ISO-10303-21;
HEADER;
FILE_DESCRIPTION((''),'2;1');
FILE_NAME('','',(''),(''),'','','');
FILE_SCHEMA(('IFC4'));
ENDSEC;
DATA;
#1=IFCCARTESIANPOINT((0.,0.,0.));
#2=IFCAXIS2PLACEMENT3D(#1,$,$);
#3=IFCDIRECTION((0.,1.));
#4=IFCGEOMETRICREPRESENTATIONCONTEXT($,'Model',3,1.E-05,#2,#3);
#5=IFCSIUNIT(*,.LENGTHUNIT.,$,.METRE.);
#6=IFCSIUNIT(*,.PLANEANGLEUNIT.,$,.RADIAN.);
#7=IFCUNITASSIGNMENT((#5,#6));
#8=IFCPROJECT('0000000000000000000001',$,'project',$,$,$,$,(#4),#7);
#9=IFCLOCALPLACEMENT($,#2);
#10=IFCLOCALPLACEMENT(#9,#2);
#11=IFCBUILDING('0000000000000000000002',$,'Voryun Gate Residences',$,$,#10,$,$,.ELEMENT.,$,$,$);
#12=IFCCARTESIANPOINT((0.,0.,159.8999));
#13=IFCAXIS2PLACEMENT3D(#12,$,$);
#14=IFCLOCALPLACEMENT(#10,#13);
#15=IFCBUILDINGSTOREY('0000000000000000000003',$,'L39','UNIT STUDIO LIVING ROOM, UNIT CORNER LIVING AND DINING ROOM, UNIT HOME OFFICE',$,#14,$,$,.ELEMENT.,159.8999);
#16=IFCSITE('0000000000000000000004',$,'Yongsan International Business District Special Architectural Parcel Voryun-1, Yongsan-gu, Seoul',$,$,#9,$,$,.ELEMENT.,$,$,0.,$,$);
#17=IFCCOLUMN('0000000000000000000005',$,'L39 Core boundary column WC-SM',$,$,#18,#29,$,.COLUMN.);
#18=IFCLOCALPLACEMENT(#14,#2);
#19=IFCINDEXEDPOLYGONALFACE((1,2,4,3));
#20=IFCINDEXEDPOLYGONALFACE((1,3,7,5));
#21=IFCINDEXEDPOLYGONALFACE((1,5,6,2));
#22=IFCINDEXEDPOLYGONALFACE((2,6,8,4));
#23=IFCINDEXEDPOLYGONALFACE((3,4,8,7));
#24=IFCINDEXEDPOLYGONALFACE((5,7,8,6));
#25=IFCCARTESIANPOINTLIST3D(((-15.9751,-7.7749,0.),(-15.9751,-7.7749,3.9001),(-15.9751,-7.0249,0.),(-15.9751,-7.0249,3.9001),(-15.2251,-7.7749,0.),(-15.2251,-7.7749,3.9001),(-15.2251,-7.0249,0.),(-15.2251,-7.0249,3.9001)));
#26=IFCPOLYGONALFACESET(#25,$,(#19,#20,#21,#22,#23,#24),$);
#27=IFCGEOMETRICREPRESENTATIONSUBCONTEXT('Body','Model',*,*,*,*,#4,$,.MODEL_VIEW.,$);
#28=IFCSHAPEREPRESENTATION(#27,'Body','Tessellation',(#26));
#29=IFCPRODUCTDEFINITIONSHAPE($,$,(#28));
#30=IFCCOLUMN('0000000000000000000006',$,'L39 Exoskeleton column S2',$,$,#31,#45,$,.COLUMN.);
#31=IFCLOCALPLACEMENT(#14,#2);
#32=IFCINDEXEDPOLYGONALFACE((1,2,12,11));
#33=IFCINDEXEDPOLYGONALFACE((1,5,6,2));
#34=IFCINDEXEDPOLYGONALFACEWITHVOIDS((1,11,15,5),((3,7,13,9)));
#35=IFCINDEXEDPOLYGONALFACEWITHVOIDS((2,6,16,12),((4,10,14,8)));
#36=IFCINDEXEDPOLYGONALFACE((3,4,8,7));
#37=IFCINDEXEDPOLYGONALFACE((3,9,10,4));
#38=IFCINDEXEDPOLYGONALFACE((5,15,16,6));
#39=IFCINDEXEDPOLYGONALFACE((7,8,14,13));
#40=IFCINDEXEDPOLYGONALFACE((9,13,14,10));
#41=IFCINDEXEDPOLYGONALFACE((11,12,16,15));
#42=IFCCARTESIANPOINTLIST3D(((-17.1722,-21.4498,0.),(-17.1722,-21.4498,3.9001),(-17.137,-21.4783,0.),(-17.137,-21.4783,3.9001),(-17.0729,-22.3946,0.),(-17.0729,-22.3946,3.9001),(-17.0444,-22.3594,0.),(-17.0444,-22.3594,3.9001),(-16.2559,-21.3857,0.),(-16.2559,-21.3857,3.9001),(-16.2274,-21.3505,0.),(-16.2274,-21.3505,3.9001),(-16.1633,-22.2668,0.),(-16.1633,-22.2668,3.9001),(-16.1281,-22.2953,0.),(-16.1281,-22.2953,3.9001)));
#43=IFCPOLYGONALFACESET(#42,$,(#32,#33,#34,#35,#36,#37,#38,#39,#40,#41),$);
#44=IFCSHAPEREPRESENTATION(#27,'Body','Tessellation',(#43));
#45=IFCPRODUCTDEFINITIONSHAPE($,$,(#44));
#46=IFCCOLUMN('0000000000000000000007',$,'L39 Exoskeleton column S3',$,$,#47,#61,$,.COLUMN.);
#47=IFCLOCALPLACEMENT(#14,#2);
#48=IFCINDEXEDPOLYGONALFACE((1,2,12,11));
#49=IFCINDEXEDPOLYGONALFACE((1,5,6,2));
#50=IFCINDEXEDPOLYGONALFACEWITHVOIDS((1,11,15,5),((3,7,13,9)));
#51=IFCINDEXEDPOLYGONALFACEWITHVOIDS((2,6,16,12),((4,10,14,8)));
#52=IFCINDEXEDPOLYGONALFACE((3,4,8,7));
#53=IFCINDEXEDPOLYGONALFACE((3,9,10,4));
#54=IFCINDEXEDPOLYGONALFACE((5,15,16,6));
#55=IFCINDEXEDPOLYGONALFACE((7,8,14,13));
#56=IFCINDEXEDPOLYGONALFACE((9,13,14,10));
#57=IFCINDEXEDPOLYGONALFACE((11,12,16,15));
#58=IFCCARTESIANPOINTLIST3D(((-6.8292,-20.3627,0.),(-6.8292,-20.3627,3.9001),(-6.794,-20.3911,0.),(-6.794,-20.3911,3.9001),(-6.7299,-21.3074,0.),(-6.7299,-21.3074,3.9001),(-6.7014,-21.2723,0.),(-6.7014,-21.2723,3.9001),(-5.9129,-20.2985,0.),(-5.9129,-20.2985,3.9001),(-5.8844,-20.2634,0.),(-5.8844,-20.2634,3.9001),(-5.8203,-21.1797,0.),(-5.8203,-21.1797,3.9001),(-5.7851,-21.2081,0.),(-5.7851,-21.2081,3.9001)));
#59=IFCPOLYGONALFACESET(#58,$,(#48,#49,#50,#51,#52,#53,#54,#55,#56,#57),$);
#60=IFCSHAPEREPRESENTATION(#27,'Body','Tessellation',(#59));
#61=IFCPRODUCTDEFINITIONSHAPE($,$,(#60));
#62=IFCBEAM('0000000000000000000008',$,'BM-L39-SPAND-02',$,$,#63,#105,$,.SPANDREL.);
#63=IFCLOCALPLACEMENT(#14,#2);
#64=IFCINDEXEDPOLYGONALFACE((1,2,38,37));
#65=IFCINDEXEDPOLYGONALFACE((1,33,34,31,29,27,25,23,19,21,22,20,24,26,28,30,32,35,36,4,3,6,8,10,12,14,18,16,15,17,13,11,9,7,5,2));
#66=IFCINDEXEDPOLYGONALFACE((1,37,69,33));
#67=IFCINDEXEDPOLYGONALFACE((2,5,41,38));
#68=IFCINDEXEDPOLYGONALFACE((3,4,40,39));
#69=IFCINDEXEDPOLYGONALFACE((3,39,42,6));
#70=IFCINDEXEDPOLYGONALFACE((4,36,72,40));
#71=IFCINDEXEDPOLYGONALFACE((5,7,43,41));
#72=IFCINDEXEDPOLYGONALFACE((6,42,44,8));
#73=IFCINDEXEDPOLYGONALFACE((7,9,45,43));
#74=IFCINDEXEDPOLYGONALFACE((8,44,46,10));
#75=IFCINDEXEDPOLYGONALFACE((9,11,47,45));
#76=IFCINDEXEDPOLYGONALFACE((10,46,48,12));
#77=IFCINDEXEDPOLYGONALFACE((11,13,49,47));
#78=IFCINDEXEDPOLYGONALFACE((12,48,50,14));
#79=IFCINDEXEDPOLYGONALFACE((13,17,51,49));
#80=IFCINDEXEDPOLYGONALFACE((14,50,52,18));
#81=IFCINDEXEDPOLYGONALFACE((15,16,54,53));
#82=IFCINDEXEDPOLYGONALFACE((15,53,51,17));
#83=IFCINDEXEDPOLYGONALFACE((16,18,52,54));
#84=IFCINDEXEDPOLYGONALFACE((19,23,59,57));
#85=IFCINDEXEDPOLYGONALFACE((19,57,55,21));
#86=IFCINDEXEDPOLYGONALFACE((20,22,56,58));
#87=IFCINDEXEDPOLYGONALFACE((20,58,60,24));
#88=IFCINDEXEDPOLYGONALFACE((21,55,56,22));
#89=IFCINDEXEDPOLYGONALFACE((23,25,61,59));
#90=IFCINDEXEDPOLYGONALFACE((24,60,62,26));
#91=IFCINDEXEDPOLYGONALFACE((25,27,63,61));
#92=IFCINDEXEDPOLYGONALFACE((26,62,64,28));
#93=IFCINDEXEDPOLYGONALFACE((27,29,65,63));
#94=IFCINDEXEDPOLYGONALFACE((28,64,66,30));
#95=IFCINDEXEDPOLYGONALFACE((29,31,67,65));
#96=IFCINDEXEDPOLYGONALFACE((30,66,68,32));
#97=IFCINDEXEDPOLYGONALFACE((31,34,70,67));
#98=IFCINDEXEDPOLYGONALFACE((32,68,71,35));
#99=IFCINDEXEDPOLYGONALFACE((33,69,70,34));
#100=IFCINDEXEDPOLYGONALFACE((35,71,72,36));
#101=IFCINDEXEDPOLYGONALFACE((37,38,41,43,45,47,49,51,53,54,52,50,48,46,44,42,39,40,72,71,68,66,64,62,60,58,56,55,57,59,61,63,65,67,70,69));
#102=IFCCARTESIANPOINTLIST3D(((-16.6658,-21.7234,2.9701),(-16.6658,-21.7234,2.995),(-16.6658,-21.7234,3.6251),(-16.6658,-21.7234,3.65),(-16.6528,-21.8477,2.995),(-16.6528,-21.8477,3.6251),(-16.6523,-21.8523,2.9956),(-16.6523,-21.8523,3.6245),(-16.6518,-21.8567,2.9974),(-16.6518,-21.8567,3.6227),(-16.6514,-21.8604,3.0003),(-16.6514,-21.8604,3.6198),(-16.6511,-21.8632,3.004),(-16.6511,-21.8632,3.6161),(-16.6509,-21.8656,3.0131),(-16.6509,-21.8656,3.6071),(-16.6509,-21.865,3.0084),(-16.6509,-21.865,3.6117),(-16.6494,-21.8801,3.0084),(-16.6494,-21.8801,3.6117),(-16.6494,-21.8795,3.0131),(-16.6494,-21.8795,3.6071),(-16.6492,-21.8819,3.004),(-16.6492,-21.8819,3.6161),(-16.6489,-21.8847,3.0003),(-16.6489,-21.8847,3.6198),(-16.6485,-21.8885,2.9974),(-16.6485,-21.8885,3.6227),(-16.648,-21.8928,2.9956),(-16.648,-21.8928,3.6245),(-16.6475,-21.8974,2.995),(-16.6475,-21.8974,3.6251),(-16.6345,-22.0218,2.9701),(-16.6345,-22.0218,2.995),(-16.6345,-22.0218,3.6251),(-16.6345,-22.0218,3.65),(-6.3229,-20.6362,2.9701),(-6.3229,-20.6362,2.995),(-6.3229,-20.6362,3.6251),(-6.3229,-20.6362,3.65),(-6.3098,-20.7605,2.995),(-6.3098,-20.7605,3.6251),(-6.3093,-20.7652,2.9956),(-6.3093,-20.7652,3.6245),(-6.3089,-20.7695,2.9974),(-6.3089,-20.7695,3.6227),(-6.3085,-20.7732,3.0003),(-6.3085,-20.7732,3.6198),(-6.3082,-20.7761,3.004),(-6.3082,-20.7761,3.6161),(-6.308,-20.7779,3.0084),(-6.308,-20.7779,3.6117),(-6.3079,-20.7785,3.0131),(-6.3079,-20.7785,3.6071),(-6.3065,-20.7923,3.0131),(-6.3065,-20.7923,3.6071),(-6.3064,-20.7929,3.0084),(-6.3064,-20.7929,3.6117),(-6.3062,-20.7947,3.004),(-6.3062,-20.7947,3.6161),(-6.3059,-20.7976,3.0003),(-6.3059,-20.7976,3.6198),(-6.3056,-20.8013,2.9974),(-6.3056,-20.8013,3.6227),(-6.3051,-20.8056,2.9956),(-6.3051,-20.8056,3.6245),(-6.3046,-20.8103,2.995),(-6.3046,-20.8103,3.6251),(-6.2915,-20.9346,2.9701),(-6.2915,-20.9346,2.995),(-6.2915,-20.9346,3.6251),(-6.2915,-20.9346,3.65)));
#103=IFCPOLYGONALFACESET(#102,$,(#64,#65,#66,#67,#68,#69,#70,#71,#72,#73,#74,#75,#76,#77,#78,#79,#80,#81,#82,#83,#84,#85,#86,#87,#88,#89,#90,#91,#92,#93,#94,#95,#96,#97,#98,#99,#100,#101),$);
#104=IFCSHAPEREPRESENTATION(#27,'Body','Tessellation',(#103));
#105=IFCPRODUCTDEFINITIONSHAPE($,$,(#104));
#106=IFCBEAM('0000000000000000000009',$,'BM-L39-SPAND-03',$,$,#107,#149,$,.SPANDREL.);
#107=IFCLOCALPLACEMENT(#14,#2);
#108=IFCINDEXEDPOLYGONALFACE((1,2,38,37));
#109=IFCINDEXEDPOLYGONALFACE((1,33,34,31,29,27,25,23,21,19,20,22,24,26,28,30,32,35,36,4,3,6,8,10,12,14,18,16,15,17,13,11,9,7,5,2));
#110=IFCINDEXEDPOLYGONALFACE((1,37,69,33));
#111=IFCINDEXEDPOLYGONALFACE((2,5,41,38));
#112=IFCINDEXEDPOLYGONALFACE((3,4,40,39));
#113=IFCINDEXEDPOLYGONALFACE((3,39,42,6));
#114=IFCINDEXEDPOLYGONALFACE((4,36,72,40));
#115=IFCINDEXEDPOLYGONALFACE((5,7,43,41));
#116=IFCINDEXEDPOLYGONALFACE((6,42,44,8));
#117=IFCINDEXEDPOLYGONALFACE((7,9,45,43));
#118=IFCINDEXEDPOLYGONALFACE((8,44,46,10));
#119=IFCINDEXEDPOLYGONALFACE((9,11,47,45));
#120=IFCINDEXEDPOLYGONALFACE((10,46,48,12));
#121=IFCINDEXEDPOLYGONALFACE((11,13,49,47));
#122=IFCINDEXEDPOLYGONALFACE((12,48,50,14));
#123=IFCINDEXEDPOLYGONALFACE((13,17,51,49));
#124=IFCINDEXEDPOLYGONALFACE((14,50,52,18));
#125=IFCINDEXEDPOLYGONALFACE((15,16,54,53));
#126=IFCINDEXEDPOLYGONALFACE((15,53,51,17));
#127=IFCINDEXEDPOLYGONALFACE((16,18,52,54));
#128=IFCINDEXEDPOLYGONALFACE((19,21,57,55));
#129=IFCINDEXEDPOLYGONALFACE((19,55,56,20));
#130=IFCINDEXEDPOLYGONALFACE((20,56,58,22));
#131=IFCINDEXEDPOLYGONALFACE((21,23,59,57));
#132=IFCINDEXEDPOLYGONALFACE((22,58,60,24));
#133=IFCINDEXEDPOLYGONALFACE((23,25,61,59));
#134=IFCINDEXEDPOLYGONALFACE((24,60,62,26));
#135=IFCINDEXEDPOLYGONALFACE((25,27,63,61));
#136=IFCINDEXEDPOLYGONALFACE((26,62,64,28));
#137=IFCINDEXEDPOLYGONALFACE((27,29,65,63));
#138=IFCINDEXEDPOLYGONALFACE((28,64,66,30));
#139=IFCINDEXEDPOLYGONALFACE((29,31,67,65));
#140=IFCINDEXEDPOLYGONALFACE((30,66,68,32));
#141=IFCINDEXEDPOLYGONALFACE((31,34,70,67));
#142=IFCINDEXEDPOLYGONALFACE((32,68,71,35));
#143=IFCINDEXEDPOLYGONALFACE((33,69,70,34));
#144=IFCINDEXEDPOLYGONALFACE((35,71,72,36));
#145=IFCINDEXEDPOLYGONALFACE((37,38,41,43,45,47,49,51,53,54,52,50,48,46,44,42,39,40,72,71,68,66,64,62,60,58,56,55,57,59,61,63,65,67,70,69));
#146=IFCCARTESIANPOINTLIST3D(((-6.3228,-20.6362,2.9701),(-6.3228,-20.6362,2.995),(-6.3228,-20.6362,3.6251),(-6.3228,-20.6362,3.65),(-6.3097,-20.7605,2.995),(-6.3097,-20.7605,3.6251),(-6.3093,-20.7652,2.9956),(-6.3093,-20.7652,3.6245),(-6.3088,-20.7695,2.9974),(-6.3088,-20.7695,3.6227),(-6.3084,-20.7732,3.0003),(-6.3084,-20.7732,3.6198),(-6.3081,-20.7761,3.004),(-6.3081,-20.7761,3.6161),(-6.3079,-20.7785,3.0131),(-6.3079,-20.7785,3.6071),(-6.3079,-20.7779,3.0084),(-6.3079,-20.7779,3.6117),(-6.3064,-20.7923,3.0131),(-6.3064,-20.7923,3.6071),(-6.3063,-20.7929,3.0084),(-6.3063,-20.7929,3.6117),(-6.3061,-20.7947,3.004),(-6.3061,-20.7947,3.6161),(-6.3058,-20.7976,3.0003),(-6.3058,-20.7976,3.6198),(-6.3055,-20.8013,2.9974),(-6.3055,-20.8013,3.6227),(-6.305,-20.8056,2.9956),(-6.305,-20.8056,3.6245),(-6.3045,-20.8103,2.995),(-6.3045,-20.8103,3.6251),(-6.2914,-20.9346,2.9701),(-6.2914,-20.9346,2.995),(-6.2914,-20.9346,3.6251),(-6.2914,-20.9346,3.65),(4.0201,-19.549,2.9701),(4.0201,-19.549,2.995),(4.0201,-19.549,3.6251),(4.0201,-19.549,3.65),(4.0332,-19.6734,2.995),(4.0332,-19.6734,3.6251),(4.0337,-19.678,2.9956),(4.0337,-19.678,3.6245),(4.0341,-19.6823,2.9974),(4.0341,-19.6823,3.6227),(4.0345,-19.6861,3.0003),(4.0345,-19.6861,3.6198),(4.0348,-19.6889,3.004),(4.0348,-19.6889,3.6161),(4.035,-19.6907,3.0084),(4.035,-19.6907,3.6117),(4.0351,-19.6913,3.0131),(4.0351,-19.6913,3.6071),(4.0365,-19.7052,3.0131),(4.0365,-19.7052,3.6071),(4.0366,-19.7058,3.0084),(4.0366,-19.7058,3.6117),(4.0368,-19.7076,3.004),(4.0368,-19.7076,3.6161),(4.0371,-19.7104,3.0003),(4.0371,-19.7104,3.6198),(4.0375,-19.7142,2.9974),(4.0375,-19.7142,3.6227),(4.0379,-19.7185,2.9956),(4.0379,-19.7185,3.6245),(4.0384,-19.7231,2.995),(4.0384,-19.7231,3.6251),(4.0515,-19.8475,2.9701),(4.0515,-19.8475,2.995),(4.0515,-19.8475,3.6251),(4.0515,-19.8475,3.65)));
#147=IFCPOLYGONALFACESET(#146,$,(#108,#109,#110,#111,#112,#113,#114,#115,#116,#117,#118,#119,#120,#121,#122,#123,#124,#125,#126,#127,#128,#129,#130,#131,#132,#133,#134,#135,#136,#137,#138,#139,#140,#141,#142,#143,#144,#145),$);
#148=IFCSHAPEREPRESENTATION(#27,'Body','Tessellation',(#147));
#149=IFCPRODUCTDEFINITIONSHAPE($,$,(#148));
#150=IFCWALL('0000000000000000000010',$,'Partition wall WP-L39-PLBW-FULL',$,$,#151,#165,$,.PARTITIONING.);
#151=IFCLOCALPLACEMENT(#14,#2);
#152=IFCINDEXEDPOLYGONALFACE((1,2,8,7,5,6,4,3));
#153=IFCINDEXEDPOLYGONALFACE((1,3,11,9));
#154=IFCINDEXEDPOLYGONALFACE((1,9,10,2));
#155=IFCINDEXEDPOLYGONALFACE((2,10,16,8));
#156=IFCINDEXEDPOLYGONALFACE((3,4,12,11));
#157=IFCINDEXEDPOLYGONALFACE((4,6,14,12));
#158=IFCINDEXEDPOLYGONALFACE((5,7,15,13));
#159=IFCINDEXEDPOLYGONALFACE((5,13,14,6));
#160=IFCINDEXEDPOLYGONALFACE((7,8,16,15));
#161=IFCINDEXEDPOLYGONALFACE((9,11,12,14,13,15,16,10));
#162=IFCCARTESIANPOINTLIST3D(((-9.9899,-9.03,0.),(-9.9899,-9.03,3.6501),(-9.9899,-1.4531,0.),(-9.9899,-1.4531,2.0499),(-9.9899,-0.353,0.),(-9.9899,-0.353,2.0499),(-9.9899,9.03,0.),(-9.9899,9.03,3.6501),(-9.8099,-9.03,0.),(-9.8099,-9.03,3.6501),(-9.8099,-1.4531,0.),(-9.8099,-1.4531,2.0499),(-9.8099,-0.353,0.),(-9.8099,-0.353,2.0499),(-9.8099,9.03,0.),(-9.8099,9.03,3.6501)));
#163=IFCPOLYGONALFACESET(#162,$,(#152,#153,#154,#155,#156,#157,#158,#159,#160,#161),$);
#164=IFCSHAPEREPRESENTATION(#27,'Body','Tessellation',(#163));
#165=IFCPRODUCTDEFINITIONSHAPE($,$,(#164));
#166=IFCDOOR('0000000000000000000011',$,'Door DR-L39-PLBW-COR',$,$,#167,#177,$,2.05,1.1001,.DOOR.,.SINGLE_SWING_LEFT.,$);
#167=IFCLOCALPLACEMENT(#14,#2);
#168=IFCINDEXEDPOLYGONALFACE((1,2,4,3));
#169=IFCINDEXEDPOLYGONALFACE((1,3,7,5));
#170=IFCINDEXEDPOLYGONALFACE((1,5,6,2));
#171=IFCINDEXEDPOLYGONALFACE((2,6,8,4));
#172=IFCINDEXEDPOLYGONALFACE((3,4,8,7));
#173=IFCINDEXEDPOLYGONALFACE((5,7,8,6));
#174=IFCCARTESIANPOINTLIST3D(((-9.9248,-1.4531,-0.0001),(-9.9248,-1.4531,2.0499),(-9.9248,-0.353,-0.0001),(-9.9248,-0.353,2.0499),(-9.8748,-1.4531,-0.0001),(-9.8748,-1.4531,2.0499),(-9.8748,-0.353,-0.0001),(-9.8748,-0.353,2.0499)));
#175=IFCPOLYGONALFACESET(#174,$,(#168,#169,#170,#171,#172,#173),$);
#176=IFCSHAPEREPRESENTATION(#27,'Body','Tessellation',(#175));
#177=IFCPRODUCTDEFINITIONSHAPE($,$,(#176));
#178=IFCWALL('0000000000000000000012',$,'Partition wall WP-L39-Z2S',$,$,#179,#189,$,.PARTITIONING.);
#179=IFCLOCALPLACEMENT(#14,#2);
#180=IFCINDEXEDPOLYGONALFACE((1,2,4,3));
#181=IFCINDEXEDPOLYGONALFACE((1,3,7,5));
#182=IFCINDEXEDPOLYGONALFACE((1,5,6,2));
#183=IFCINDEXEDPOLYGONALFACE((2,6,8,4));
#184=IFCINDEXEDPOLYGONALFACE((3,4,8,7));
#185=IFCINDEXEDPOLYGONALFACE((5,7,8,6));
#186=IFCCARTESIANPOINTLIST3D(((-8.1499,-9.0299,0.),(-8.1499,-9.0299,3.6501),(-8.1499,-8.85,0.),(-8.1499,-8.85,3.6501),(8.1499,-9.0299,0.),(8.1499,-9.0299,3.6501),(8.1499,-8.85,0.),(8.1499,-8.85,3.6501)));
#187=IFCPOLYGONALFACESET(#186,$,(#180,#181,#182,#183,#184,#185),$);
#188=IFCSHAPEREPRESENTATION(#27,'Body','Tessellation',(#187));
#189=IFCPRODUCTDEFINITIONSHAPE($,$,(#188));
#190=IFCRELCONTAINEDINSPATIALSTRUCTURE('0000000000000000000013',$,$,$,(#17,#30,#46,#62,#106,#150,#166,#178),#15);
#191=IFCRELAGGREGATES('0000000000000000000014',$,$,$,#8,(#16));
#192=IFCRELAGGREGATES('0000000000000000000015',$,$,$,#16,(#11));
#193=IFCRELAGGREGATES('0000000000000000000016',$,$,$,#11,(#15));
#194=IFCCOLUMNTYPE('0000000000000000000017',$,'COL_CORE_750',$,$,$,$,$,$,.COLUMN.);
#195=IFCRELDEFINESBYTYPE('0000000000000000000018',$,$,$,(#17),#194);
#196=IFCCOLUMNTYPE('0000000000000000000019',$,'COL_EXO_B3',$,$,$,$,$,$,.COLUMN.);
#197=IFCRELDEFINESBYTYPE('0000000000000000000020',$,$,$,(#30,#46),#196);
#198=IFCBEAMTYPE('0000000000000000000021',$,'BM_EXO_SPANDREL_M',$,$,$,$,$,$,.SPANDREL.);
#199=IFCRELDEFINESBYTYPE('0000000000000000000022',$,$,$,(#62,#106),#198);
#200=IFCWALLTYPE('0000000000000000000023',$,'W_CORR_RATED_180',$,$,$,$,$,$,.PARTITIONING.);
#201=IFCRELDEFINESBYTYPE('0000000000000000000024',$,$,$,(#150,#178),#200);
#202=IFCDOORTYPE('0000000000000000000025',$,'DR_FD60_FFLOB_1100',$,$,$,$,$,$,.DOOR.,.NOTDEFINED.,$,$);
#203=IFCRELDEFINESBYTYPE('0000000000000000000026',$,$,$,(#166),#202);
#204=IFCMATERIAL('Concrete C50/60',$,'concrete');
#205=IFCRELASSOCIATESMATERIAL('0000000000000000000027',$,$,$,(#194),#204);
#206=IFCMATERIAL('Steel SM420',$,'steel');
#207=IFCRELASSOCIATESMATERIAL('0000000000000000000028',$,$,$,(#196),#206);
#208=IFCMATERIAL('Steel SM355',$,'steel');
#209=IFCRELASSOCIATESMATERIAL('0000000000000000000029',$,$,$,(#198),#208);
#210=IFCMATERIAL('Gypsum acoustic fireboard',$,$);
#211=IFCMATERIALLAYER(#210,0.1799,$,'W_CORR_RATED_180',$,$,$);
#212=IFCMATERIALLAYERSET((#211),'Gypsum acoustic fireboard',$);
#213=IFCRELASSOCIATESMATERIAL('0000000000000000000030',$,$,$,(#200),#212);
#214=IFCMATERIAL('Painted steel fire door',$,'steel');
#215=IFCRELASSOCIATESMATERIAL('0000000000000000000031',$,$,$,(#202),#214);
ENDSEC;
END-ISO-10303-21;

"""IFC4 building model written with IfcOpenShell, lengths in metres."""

from ifc_helpers import new_model, si_unit, direction, frame, frame_2d, origin, origin_2d, place, context, subcontext, project, spatial, rectangle, hollow_rectangle, i_section, extrude, material, layer, layer_set, material_profile, profile_set, type_object, element, fill, save


model = new_model("IFC4")

# Units and contexts
model_context = context("Model", 3, precision=1e-05, world=origin(), true_north=direction((0.0, 1.0)))
body_context = subcontext(model_context, "Body", "Model", "MODEL_VIEW")
ifc_project = project(units=[si_unit("LENGTHUNIT", "METRE"), si_unit("PLANEANGLEUNIT", "RADIAN")], contexts=[model_context])

# Site, building, storey
site_placement = place(None, origin())
site = spatial("IfcSite", under=ifc_project, at=site_placement, Name="Yongsan International Business District Special Architectural Parcel Voryun-1, Yongsan-gu, Seoul", CompositionType="ELEMENT", RefElevation=0.0)
building_placement = place(site_placement, origin())
building = spatial("IfcBuilding", under=site, at=building_placement, Name="Voryun Gate Residences", CompositionType="ELEMENT")
storey_placement = place(building_placement, frame((0.0, 0.0, 159.8999)))
storey = spatial("IfcBuildingStorey", under=building, at=storey_placement, Name="L39", Description="UNIT STUDIO LIVING ROOM, UNIT CORNER LIVING AND DINING ROOM, UNIT HOME OFFICE", CompositionType="ELEMENT", Elevation=159.8999)

# Columns
ifc_material_1 = material(Name="Concrete C50/60", Category="concrete")
ifc_material_profile_1 = material_profile(ifc_material_1, rectangle(XDim=0.75, YDim=0.75, at=origin_2d()), Name="RC-750x750")
ifc_profile_set_1 = profile_set([ifc_material_profile_1], Name="Concrete C50/60")
column_type_1 = type_object("IfcColumnType", Name="COL_CORE_750", PredefinedType="COLUMN", material=ifc_profile_set_1)
column_placement = place(storey_placement, frame((-15.6001, -7.3999, 0.0), z_axis=(0.0, 0.0, 1.0), x_axis=(1.0, 0.0, 0.0)))
element("IfcColumn", 1, at=column_placement, inside=storey, type_object=column_type_1, Name="L39 Core boundary column WC-SM", PredefinedType="COLUMN", context=body_context, shape_type="SweptSolid", body=[
    extrude(rectangle(XDim=0.75, YDim=0.75, at=origin_2d()), origin(), (0.0, 0.0, 1.0), 3.9001),
])
ifc_material_2 = material(Name="Steel SM420", Category="steel")
ifc_material_profile_2 = material_profile(ifc_material_2, hollow_rectangle(XDim=0.95, YDim=0.95, WallThickness=0.032, at=origin_2d()), Name="BOX-950x950x32")
ifc_profile_set_2 = profile_set([ifc_material_profile_2], Name="Steel SM420")
column_type_2 = type_object("IfcColumnType", Name="COL_EXO_B3", PredefinedType="COLUMN", material=ifc_profile_set_2)
for number, where, z_axis, x_axis, name in (
    (2, (-16.6501, -21.8726, 0.0), (0.0, 0.0, 1.0), (0.994522, 0.104528, 0.0), "L39 Exoskeleton column S2"),
    (3, (-6.3071, -20.7854, 0.0), (0.0, 0.0, 1.0), (0.994522, 0.104528, 0.0), "L39 Exoskeleton column S3"),
):
    element("IfcColumn", number, at=place(storey_placement, frame(where, z_axis=z_axis, x_axis=x_axis)), inside=storey, type_object=column_type_2, Name=name, PredefinedType="COLUMN", context=body_context, shape_type="SweptSolid", body=[
        extrude(hollow_rectangle(XDim=0.95, YDim=0.95, WallThickness=0.032, at=origin_2d()), origin(), (0.0, 0.0, 1.0), 3.9001),
    ])

# Beams
ifc_material_3 = material(Name="Steel SM355", Category="steel")
ifc_material_profile_3 = material_profile(ifc_material_3, i_section(OverallWidth=0.3, OverallDepth=0.6799, WebThickness=0.0139, FlangeThickness=0.0249, FilletRadius=0.0181, at=origin_2d()), Name="H-680x300x14x25")
ifc_profile_set_3 = profile_set([ifc_material_profile_3], Name="Steel SM355")
beam_type = type_object("IfcBeamType", Name="BM_EXO_SPANDREL_M", PredefinedType="SPANDREL", material=ifc_profile_set_3)
for number, where, z_axis, x_axis, name in (
    (4, (-16.6501, -21.8726, 3.3101), (0.994521, 0.104534, 0.0), (-0.104534, 0.994521, 0.0), "BM-L39-SPAND-02"),
    (5, (-6.3071, -20.7854, 3.3101), (0.994521, 0.104534, 0.0), (-0.104534, 0.994521, 0.0), "BM-L39-SPAND-03"),
):
    element("IfcBeam", number, at=place(storey_placement, frame(where, z_axis=z_axis, x_axis=x_axis)), inside=storey, type_object=beam_type, Name=name, PredefinedType="SPANDREL", context=body_context, shape_type="SweptSolid", body=[
        extrude(i_section(OverallWidth=0.3, OverallDepth=0.6799, WebThickness=0.0139, FlangeThickness=0.0249, FilletRadius=0.0181, at=origin_2d()), origin(), (0.0, 0.0, 1.0), 10.3999),
    ])

# Wall, opening, door
ifc_material_4 = material(Name="Gypsum acoustic fireboard")
ifc_layer_1 = layer(ifc_material_4, 0.1799, Name="W_CORR_RATED_180")
ifc_layer_set_1 = layer_set([ifc_layer_1], Name="Gypsum acoustic fireboard")
wall_type_1 = type_object("IfcWallType", Name="W_CORR_RATED_180", PredefinedType="PARTITIONING", material=ifc_layer_set_1)
wall_1_placement = place(storey_placement, frame((-9.8999, -9.03, 0.0), z_axis=(0.0, 0.0, 1.0), x_axis=(0.0, 1.0, 0.0)))
wall_1 = element("IfcWall", 6, at=wall_1_placement, inside=storey, type_object=wall_type_1, Name="Partition wall WP-L39-PLBW-FULL", PredefinedType="PARTITIONING", context=body_context, shape_type="SweptSolid", body=[
    extrude(rectangle(XDim=18.0601, YDim=0.1799, at=frame_2d((9.03, 0.0))), origin(), (0.0, 0.0, 1.0), 3.6501),
])
opening_1_placement = place(wall_1_placement, frame((7.5769, 0.0, 0.0)))
opening_1 = element("IfcOpeningElement", 7, at=opening_1_placement, cuts=wall_1, PredefinedType="OPENING", context=body_context, shape_type="SweptSolid", body=[
    extrude(rectangle(XDim=1.1001, YDim=2.05, at=frame_2d((0.55, 1.0249))), frame((0.0, 0.0999, 0.0), z_axis=(0.0, -1.0, 0.0), x_axis=(1.0, 0.0, 0.0)), (0.0, 0.0, 1.0), 0.2),
])
ifc_material_5 = material(Name="Painted steel fire door", Category="steel")
door_type_1 = type_object("IfcDoorType", Name="DR_FD60_FFLOB_1100", OperationType="NOTDEFINED", PredefinedType="DOOR", material=ifc_material_5)
door_1_placement = place(opening_1_placement, origin())
door_1 = element("IfcDoor", 8, at=door_1_placement, inside=storey, type_object=door_type_1, Name="Door DR-L39-PLBW-COR", OperationType="SINGLE_SWING_LEFT", OverallHeight=2.05, OverallWidth=1.1001, PredefinedType="DOOR", context=body_context, shape_type="SweptSolid", body=[
    extrude(rectangle(XDim=1.1001, YDim=2.05, at=frame_2d((0.55, 1.0249))), frame((0.0, 0.0249, 0.0), z_axis=(0.0, -1.0, 0.0), x_axis=(1.0, 0.0, 0.0)), (0.0, 0.0, 1.0), 0.05),
])
fill(opening_1, door_1)

# Wall
wall_2_placement = place(storey_placement, frame((-8.1499, -8.9399, 0.0), z_axis=(0.0, 0.0, 1.0), x_axis=(1.0, 0.0, 0.0)))
element("IfcWall", 9, at=wall_2_placement, inside=storey, type_object=wall_type_1, Name="Partition wall WP-L39-Z2S", PredefinedType="PARTITIONING", context=body_context, shape_type="SweptSolid", body=[
    extrude(rectangle(XDim=16.2998, YDim=0.1799, at=frame_2d((8.1499, 0.0))), origin(), (0.0, 0.0, 1.0), 3.6501),
])

save(model, "model.ifc")
